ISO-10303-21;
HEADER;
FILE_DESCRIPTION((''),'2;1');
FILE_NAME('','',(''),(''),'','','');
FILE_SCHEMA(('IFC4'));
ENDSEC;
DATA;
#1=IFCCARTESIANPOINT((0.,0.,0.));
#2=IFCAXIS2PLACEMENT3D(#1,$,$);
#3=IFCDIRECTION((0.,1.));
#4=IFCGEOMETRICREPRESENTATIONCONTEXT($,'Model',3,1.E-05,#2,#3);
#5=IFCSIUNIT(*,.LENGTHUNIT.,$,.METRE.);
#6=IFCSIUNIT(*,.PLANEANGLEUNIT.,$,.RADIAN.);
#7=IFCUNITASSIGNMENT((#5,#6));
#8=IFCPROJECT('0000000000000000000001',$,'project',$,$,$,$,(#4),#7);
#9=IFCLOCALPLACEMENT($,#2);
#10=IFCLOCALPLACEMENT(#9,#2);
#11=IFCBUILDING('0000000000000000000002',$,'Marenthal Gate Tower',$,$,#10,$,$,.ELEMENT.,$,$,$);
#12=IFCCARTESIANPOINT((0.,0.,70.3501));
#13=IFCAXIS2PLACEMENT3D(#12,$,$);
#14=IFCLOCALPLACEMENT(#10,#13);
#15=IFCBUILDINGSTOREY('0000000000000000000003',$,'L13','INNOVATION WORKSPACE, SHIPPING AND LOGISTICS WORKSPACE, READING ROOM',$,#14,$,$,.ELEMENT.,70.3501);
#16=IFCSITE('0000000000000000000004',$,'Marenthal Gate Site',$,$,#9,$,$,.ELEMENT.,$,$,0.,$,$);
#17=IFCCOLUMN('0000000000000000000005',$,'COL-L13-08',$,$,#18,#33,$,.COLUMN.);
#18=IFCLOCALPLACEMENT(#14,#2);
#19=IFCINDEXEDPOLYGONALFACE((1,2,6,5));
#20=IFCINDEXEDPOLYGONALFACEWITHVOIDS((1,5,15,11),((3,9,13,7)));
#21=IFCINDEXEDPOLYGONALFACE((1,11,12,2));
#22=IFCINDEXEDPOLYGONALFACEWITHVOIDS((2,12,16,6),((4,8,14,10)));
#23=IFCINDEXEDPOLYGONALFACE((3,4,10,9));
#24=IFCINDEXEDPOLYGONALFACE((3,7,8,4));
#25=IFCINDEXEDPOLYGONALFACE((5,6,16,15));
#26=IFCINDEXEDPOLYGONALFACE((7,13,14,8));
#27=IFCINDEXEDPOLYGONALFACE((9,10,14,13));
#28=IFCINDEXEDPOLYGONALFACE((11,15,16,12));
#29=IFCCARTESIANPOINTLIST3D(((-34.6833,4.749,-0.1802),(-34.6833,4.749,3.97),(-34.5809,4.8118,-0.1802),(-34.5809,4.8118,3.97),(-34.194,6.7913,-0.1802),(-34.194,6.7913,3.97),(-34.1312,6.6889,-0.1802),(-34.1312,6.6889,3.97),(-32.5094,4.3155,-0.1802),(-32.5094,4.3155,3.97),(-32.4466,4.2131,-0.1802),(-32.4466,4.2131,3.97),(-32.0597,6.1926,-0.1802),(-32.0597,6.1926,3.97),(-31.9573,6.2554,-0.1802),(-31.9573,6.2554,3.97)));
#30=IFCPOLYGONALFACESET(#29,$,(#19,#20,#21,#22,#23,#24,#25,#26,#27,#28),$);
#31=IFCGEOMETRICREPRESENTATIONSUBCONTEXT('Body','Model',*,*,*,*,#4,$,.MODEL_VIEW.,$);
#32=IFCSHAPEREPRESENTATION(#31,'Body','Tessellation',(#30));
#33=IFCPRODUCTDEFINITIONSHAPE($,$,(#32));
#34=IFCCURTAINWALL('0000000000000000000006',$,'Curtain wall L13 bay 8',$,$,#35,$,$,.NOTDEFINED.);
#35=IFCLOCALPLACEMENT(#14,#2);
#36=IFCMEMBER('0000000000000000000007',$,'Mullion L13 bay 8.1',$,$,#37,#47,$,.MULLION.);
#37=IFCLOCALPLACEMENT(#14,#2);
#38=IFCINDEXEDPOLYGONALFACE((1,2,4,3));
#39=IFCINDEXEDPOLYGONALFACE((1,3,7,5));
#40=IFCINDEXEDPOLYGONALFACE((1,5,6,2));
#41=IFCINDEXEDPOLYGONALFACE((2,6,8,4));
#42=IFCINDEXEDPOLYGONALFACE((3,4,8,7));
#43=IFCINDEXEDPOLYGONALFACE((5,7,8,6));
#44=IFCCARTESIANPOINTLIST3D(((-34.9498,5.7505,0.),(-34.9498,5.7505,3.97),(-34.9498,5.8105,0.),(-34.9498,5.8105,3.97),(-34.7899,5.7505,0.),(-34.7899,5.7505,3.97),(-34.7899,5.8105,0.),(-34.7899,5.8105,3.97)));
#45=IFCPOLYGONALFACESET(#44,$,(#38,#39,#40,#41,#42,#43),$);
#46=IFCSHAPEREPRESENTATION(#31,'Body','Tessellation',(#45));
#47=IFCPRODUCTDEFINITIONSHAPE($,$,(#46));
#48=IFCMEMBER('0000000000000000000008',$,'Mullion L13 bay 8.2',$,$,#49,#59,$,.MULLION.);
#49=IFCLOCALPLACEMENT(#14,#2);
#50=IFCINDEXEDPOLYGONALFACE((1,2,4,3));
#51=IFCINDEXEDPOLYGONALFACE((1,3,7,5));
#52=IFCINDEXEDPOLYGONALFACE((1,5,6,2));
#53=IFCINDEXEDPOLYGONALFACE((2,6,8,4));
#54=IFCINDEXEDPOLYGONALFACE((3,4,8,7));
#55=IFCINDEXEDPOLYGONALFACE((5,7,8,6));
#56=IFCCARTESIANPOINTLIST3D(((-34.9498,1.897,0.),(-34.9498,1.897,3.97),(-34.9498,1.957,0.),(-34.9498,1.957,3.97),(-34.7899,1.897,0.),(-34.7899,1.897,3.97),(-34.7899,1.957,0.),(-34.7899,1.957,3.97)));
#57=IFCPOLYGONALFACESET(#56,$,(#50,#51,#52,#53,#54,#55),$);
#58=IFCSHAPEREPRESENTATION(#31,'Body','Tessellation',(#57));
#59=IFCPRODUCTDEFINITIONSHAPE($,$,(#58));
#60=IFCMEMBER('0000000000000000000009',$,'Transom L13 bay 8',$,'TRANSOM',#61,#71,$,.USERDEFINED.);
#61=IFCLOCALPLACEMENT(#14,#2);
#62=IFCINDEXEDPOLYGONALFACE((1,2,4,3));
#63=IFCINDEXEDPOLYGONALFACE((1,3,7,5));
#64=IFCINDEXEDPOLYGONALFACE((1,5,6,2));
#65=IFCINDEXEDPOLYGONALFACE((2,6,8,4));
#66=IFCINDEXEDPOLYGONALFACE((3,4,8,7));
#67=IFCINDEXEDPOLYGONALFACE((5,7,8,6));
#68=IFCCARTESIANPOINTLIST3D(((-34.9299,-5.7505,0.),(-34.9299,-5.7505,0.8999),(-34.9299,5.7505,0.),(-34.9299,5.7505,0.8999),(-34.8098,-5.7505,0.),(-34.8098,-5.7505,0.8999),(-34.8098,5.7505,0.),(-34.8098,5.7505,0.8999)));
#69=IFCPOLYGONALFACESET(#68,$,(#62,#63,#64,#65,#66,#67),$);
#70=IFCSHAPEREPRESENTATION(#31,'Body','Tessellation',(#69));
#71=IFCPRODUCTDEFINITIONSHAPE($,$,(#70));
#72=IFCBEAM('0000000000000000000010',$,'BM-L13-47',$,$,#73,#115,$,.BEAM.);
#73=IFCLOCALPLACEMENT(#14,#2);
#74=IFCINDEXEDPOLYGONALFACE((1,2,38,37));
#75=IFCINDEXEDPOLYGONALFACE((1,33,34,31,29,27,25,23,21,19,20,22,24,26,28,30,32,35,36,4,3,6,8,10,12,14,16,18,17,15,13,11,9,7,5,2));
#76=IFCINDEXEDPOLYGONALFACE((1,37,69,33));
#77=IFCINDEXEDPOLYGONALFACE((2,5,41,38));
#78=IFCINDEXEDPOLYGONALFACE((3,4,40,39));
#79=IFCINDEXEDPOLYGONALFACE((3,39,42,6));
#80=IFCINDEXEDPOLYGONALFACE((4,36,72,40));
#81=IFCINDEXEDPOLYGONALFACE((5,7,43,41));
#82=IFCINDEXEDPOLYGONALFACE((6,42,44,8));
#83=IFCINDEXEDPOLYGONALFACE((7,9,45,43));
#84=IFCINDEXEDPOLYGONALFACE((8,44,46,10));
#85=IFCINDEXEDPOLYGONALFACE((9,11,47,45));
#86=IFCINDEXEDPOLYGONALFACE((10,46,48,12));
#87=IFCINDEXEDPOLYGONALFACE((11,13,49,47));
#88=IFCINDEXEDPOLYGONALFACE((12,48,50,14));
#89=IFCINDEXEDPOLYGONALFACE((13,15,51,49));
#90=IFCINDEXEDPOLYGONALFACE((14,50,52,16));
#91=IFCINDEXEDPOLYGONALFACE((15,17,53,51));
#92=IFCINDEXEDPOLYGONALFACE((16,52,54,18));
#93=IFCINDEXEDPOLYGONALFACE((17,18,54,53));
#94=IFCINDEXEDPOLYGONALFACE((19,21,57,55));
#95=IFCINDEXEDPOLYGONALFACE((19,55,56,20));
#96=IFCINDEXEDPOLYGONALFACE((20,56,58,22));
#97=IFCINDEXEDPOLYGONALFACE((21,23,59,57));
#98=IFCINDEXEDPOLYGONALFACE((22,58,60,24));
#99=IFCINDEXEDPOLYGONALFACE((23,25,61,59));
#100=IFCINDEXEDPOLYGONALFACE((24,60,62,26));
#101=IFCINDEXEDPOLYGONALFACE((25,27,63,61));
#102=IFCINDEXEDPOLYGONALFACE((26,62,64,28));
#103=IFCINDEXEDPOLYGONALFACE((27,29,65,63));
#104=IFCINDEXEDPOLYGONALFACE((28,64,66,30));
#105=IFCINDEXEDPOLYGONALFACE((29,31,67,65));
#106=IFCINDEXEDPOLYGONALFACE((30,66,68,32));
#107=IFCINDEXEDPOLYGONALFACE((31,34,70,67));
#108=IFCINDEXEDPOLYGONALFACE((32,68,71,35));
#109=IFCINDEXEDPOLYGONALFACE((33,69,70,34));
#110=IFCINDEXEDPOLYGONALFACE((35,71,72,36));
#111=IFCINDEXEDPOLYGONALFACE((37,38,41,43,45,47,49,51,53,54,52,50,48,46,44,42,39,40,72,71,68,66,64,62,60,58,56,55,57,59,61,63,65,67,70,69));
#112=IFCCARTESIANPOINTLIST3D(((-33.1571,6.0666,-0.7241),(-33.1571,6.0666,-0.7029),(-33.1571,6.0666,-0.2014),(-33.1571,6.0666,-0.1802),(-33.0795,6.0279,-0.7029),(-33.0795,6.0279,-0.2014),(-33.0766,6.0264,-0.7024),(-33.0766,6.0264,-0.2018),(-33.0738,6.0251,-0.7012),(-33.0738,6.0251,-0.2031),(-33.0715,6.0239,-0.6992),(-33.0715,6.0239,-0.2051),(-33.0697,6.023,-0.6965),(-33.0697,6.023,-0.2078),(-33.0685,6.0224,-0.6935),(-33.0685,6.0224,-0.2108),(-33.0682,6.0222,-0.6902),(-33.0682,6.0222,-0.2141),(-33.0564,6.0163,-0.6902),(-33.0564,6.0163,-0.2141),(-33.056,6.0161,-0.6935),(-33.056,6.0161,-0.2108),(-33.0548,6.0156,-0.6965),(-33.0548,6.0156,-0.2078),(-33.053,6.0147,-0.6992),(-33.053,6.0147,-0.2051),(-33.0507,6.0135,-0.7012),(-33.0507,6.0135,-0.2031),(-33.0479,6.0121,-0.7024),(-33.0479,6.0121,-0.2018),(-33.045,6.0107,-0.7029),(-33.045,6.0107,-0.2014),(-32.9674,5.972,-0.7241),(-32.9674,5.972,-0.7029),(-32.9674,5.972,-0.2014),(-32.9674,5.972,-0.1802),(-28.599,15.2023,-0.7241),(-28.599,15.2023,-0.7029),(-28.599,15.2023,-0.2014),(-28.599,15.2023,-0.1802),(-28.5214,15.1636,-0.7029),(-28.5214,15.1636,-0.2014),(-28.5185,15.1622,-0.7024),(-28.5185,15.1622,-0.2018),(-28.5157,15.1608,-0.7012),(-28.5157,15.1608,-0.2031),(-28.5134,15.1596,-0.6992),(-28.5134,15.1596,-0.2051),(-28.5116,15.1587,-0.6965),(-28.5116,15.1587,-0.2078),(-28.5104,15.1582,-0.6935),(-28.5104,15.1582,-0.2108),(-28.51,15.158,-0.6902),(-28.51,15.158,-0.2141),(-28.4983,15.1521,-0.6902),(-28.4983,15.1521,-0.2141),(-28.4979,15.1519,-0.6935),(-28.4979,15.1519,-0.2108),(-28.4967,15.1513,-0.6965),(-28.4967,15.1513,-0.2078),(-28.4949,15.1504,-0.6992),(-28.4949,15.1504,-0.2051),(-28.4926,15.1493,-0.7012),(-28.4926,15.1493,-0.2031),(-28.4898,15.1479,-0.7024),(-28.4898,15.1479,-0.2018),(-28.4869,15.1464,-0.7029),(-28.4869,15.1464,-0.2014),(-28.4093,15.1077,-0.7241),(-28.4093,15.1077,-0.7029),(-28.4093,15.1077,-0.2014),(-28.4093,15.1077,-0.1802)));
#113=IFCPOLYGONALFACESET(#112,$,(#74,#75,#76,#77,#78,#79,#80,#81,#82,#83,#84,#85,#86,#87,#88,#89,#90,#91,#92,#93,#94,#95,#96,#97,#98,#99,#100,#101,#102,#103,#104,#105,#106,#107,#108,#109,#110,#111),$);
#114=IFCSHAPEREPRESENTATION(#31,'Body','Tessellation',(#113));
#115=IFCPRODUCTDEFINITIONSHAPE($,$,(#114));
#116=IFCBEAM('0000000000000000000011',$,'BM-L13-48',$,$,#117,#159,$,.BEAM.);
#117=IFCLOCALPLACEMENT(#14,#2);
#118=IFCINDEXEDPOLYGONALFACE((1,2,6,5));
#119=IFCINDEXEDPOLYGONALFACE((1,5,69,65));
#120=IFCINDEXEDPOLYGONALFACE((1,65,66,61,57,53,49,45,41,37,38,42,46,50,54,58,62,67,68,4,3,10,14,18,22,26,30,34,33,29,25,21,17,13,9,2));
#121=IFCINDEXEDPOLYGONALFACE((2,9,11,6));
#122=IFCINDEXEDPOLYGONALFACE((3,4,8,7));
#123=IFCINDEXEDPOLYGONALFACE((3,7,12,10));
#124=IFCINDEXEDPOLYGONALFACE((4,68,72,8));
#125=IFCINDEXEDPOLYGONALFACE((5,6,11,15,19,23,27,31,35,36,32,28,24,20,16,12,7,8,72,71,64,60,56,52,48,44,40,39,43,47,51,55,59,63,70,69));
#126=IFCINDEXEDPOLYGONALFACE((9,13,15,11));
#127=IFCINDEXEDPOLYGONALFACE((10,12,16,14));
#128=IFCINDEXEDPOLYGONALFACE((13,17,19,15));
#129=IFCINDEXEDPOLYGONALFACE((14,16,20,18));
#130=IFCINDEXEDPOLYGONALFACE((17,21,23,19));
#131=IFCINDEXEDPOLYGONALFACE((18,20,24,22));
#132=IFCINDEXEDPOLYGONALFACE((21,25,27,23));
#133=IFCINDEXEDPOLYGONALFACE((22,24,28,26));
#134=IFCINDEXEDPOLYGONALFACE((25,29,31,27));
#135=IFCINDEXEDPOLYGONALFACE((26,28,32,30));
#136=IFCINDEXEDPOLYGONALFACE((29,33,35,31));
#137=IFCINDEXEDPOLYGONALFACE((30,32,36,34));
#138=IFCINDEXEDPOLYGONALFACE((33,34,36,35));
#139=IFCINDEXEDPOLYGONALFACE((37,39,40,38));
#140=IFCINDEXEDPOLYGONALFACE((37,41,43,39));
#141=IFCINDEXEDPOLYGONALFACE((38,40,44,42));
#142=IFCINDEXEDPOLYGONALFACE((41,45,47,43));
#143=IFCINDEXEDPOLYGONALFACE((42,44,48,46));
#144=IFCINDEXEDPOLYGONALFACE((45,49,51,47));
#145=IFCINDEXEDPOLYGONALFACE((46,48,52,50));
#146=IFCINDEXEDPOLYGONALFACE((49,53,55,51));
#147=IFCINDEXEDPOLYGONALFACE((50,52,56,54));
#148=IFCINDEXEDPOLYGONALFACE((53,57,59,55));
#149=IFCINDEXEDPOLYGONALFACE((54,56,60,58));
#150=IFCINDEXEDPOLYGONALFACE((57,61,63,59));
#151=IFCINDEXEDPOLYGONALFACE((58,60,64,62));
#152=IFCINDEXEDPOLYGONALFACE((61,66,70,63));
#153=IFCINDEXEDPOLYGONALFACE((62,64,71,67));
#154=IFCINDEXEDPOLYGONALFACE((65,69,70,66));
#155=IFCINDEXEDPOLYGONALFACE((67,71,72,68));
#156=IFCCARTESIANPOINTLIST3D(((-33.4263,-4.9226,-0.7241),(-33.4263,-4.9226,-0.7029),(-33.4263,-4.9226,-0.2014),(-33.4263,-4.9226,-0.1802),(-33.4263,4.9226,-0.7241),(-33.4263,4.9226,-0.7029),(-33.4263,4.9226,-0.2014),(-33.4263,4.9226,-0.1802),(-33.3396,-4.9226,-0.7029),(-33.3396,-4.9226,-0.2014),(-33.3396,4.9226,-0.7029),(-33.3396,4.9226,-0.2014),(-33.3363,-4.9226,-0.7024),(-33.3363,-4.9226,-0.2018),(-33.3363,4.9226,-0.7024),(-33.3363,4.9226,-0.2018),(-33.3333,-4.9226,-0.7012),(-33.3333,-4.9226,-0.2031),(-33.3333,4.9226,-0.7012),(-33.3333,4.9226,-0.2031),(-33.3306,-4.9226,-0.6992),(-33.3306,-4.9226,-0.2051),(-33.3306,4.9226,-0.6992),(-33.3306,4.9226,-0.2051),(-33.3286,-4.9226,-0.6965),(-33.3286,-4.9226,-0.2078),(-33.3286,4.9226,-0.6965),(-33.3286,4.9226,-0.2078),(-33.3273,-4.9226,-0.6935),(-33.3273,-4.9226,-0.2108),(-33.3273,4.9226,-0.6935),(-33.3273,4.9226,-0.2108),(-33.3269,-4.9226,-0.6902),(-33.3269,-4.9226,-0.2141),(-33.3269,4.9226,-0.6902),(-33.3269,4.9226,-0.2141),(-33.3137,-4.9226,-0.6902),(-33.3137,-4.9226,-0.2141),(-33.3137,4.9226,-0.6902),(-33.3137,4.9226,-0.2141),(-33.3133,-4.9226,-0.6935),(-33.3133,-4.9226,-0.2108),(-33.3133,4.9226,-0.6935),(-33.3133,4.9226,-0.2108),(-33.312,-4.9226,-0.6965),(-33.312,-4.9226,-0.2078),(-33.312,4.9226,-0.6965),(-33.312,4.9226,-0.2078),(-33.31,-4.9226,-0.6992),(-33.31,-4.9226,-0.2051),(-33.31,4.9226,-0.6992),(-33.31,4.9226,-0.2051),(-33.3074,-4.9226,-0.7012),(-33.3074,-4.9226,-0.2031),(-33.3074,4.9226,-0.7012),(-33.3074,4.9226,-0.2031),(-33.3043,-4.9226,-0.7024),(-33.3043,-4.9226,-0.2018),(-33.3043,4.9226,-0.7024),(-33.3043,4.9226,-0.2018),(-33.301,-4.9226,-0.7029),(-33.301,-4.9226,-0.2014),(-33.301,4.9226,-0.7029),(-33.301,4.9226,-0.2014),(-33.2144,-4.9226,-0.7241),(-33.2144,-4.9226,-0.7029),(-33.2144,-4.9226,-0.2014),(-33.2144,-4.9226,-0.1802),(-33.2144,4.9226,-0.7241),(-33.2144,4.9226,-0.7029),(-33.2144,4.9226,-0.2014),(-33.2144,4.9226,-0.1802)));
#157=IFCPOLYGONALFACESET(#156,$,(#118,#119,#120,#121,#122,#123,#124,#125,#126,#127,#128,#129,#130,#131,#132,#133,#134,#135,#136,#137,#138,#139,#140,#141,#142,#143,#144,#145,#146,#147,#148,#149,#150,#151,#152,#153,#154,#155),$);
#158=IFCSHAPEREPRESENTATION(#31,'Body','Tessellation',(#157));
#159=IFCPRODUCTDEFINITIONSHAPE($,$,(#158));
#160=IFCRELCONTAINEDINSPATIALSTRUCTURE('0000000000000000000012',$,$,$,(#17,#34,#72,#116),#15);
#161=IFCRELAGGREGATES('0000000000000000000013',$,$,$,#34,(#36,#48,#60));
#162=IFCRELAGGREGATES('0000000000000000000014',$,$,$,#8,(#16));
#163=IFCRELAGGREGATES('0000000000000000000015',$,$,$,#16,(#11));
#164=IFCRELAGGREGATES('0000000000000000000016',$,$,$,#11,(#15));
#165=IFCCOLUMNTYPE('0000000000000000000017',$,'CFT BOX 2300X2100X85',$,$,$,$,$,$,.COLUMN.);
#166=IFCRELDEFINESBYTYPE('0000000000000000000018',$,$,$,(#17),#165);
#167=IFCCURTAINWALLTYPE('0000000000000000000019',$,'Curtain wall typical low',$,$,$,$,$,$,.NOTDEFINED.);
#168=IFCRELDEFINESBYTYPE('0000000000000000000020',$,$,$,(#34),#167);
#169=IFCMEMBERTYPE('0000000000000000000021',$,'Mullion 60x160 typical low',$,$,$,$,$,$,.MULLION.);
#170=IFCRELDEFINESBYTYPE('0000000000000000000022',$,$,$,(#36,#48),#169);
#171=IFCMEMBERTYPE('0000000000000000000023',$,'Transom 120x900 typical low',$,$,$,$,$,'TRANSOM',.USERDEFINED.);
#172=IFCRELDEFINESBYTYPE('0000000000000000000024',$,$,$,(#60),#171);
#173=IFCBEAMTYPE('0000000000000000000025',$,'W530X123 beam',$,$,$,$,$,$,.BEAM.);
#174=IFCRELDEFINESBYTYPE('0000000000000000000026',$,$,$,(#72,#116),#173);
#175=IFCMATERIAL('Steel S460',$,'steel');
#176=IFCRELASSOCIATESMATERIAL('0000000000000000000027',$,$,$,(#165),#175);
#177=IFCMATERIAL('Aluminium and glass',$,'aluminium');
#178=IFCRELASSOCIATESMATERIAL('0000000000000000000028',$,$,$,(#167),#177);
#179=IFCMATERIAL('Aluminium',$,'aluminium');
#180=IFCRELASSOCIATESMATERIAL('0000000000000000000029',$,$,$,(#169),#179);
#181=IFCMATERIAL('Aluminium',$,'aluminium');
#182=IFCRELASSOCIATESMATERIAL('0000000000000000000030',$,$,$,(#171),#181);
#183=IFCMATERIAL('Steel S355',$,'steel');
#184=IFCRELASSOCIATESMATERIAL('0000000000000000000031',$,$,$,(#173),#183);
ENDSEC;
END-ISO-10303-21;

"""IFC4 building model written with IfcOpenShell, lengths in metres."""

from ifc_helpers import new_model, si_unit, direction, frame, origin, origin_2d, place, context, subcontext, project, spatial, rectangle, hollow_rectangle, i_section, extrude, material, material_profile, profile_set, type_object, element, aggregate, save


model = new_model("IFC4")

# Units and contexts
model_context = context("Model", 3, precision=1e-05, world=origin(), true_north=direction((0.0, 1.0)))
body_context = subcontext(model_context, "Body", "Model", "MODEL_VIEW")
ifc_project = project(units=[si_unit("LENGTHUNIT", "METRE"), si_unit("PLANEANGLEUNIT", "RADIAN")], contexts=[model_context])

# Site, building, storey
site_placement = place(None, origin())
site = spatial("IfcSite", under=ifc_project, at=site_placement, Name="Marenthal Gate Site", CompositionType="ELEMENT", RefElevation=0.0)
building_placement = place(site_placement, origin())
building = spatial("IfcBuilding", under=site, at=building_placement, Name="Marenthal Gate Tower", CompositionType="ELEMENT")
storey_placement = place(building_placement, frame((0.0, 0.0, 70.3501)))
storey = spatial("IfcBuildingStorey", under=building, at=storey_placement, Name="L13", Description="INNOVATION WORKSPACE, SHIPPING AND LOGISTICS WORKSPACE, READING ROOM", CompositionType="ELEMENT", Elevation=70.3501)

# Column
ifc_material_1 = material(Name="Steel S460", Category="steel")
ifc_material_profile_1 = material_profile(ifc_material_1, hollow_rectangle(XDim=2.1001, YDim=2.3, WallThickness=0.085, at=origin_2d()), Name="CFT BOX 2300X2100X85")
ifc_material_2 = material(Name="Concrete 70 MPa", Category="concrete")
ifc_material_profile_2 = material_profile(ifc_material_2, rectangle(XDim=1.9299, YDim=2.1299, at=origin_2d()), Name="CFT BOX 2300X2100X85 INFILL")
ifc_profile_set_1 = profile_set([ifc_material_profile_1, ifc_material_profile_2], Name="Steel S460 shell, Concrete 70 MPa infill")
column_type = type_object("IfcColumnType", Name="CFT BOX 2300X2100X85", PredefinedType="COLUMN", material=ifc_profile_set_1)
column_placement = place(storey_placement, frame((-33.3203, 5.5022, -0.1802), z_axis=(0.0, 0.0, 1.0), x_axis=(0.233004, 0.972476, 0.0)))
element("IfcColumn", 1, at=column_placement, inside=storey, type_object=column_type, Name="COL-L13-08", PredefinedType="COLUMN", context=body_context, shape_type="SweptSolid", body=[
    extrude(hollow_rectangle(XDim=2.1001, YDim=2.3, WallThickness=0.085, at=origin_2d()), origin(), (0.0, 0.0, 1.0), 4.1501),
])

# Curtain wall, members
ifc_material_3 = material(Name="Aluminium and glass", Category="aluminium")
curtain_wall_type = type_object("IfcCurtainWallType", Name="Curtain wall typical low", PredefinedType="NOTDEFINED", material=ifc_material_3)
curtain_wall_placement = place(storey_placement, origin())
curtain_wall = element("IfcCurtainWall", 2, at=curtain_wall_placement, inside=storey, type_object=curtain_wall_type, Name="Curtain wall L13 bay 8", PredefinedType="NOTDEFINED")
ifc_material_4 = material(Name="Aluminium", Category="aluminium")
ifc_material_profile_3 = material_profile(ifc_material_4, rectangle(XDim=0.1599, YDim=0.0601, at=origin_2d()), Name="60x160 aluminium mullion")
ifc_profile_set_2 = profile_set([ifc_material_profile_3], Name="Aluminium")
member_type_1 = type_object("IfcMemberType", Name="Mullion 60x160 typical low", PredefinedType="MULLION", material=ifc_profile_set_2)
member_1_placement = place(storey_placement, frame((-34.8699, 5.7805, 0.0), z_axis=(0.0, 0.0, 1.0), x_axis=(1.0, 0.0, 0.0)))
member_1 = element("IfcMember", 3, at=member_1_placement, type_object=member_type_1, Name="Mullion L13 bay 8.1", PredefinedType="MULLION", context=body_context, shape_type="SweptSolid", body=[
    extrude(rectangle(XDim=0.1599, YDim=0.0601, at=origin_2d()), origin(), (0.0, 0.0, 1.0), 3.97),
])
member_2_placement = place(storey_placement, frame((-34.8699, 1.927, 0.0), z_axis=(0.0, 0.0, 1.0), x_axis=(1.0, 0.0, 0.0)))
member_2 = element("IfcMember", 4, at=member_2_placement, type_object=member_type_1, Name="Mullion L13 bay 8.2", PredefinedType="MULLION", context=body_context, shape_type="SweptSolid", body=[
    extrude(rectangle(XDim=0.1599, YDim=0.0601, at=origin_2d()), origin(), (0.0, 0.0, 1.0), 3.97),
])
ifc_material_5 = material(Name="Aluminium", Category="aluminium")
ifc_material_profile_4 = material_profile(ifc_material_5, rectangle(XDim=0.1201, YDim=0.8999, at=origin_2d()), Name="120x900 aluminium transom")
ifc_profile_set_3 = profile_set([ifc_material_profile_4], Name="Aluminium")
member_type_2 = type_object("IfcMemberType", Name="Transom 120x900 typical low", ElementType="TRANSOM", PredefinedType="USERDEFINED", material=ifc_profile_set_3)
member_3_placement = place(storey_placement, frame((-34.8699, 5.7505, 0.45), z_axis=(0.0, -1.0, 0.0), x_axis=(1.0, 0.0, 0.0)))
member_3 = element("IfcMember", 5, at=member_3_placement, type_object=member_type_2, Name="Transom L13 bay 8", ObjectType="TRANSOM", PredefinedType="USERDEFINED", context=body_context, shape_type="SweptSolid", body=[
    extrude(rectangle(XDim=0.1201, YDim=0.8999, at=origin_2d()), origin(), (0.0, 0.0, 1.0), 11.501),
])

# Beams
ifc_material_6 = material(Name="Steel S355", Category="steel")
ifc_material_profile_5 = material_profile(ifc_material_6, i_section(OverallWidth=0.2119, OverallDepth=0.5439, WebThickness=0.0132, FlangeThickness=0.0212, FilletRadius=0.0127, at=origin_2d()), Name="W530X123")
ifc_profile_set_4 = profile_set([ifc_material_profile_5], Name="Steel S355")
beam_type_1 = type_object("IfcBeamType", Name="W530X123 beam", PredefinedType="BEAM", material=ifc_profile_set_4)
beam_1_placement = place(storey_placement, frame((-28.5042, 15.155, -0.4521), z_axis=(-0.446448, -0.894809, 0.0), x_axis=(0.894809, -0.446448, 0.0)))
element("IfcBeam", 6, at=beam_1_placement, inside=storey, type_object=beam_type_1, Name="BM-L13-47", PredefinedType="BEAM", context=body_context, shape_type="SweptSolid", body=[
    extrude(i_section(OverallWidth=0.2119, OverallDepth=0.5439, WebThickness=0.0132, FlangeThickness=0.0212, FilletRadius=0.0127, at=origin_2d()), origin(), (0.0, 0.0, 1.0), 10.2097),
])
beam_2_placement = place(storey_placement, frame((-33.3203, 4.9226, -0.4521), z_axis=(0.0, -1.0, 0.0), x_axis=(1.0, 0.0, 0.0)))
element("IfcBeam", 7, at=beam_2_placement, inside=storey, type_object=beam_type_1, Name="BM-L13-48", PredefinedType="BEAM", context=body_context, shape_type="SweptSolid", body=[
    extrude(i_section(OverallWidth=0.2119, OverallDepth=0.5439, WebThickness=0.0132, FlangeThickness=0.0212, FilletRadius=0.0127, at=origin_2d()), origin(), (0.0, 0.0, 1.0), 9.8452),
])

aggregate(curtain_wall, [member_1, member_2, member_3])

save(model, "model.ifc")
